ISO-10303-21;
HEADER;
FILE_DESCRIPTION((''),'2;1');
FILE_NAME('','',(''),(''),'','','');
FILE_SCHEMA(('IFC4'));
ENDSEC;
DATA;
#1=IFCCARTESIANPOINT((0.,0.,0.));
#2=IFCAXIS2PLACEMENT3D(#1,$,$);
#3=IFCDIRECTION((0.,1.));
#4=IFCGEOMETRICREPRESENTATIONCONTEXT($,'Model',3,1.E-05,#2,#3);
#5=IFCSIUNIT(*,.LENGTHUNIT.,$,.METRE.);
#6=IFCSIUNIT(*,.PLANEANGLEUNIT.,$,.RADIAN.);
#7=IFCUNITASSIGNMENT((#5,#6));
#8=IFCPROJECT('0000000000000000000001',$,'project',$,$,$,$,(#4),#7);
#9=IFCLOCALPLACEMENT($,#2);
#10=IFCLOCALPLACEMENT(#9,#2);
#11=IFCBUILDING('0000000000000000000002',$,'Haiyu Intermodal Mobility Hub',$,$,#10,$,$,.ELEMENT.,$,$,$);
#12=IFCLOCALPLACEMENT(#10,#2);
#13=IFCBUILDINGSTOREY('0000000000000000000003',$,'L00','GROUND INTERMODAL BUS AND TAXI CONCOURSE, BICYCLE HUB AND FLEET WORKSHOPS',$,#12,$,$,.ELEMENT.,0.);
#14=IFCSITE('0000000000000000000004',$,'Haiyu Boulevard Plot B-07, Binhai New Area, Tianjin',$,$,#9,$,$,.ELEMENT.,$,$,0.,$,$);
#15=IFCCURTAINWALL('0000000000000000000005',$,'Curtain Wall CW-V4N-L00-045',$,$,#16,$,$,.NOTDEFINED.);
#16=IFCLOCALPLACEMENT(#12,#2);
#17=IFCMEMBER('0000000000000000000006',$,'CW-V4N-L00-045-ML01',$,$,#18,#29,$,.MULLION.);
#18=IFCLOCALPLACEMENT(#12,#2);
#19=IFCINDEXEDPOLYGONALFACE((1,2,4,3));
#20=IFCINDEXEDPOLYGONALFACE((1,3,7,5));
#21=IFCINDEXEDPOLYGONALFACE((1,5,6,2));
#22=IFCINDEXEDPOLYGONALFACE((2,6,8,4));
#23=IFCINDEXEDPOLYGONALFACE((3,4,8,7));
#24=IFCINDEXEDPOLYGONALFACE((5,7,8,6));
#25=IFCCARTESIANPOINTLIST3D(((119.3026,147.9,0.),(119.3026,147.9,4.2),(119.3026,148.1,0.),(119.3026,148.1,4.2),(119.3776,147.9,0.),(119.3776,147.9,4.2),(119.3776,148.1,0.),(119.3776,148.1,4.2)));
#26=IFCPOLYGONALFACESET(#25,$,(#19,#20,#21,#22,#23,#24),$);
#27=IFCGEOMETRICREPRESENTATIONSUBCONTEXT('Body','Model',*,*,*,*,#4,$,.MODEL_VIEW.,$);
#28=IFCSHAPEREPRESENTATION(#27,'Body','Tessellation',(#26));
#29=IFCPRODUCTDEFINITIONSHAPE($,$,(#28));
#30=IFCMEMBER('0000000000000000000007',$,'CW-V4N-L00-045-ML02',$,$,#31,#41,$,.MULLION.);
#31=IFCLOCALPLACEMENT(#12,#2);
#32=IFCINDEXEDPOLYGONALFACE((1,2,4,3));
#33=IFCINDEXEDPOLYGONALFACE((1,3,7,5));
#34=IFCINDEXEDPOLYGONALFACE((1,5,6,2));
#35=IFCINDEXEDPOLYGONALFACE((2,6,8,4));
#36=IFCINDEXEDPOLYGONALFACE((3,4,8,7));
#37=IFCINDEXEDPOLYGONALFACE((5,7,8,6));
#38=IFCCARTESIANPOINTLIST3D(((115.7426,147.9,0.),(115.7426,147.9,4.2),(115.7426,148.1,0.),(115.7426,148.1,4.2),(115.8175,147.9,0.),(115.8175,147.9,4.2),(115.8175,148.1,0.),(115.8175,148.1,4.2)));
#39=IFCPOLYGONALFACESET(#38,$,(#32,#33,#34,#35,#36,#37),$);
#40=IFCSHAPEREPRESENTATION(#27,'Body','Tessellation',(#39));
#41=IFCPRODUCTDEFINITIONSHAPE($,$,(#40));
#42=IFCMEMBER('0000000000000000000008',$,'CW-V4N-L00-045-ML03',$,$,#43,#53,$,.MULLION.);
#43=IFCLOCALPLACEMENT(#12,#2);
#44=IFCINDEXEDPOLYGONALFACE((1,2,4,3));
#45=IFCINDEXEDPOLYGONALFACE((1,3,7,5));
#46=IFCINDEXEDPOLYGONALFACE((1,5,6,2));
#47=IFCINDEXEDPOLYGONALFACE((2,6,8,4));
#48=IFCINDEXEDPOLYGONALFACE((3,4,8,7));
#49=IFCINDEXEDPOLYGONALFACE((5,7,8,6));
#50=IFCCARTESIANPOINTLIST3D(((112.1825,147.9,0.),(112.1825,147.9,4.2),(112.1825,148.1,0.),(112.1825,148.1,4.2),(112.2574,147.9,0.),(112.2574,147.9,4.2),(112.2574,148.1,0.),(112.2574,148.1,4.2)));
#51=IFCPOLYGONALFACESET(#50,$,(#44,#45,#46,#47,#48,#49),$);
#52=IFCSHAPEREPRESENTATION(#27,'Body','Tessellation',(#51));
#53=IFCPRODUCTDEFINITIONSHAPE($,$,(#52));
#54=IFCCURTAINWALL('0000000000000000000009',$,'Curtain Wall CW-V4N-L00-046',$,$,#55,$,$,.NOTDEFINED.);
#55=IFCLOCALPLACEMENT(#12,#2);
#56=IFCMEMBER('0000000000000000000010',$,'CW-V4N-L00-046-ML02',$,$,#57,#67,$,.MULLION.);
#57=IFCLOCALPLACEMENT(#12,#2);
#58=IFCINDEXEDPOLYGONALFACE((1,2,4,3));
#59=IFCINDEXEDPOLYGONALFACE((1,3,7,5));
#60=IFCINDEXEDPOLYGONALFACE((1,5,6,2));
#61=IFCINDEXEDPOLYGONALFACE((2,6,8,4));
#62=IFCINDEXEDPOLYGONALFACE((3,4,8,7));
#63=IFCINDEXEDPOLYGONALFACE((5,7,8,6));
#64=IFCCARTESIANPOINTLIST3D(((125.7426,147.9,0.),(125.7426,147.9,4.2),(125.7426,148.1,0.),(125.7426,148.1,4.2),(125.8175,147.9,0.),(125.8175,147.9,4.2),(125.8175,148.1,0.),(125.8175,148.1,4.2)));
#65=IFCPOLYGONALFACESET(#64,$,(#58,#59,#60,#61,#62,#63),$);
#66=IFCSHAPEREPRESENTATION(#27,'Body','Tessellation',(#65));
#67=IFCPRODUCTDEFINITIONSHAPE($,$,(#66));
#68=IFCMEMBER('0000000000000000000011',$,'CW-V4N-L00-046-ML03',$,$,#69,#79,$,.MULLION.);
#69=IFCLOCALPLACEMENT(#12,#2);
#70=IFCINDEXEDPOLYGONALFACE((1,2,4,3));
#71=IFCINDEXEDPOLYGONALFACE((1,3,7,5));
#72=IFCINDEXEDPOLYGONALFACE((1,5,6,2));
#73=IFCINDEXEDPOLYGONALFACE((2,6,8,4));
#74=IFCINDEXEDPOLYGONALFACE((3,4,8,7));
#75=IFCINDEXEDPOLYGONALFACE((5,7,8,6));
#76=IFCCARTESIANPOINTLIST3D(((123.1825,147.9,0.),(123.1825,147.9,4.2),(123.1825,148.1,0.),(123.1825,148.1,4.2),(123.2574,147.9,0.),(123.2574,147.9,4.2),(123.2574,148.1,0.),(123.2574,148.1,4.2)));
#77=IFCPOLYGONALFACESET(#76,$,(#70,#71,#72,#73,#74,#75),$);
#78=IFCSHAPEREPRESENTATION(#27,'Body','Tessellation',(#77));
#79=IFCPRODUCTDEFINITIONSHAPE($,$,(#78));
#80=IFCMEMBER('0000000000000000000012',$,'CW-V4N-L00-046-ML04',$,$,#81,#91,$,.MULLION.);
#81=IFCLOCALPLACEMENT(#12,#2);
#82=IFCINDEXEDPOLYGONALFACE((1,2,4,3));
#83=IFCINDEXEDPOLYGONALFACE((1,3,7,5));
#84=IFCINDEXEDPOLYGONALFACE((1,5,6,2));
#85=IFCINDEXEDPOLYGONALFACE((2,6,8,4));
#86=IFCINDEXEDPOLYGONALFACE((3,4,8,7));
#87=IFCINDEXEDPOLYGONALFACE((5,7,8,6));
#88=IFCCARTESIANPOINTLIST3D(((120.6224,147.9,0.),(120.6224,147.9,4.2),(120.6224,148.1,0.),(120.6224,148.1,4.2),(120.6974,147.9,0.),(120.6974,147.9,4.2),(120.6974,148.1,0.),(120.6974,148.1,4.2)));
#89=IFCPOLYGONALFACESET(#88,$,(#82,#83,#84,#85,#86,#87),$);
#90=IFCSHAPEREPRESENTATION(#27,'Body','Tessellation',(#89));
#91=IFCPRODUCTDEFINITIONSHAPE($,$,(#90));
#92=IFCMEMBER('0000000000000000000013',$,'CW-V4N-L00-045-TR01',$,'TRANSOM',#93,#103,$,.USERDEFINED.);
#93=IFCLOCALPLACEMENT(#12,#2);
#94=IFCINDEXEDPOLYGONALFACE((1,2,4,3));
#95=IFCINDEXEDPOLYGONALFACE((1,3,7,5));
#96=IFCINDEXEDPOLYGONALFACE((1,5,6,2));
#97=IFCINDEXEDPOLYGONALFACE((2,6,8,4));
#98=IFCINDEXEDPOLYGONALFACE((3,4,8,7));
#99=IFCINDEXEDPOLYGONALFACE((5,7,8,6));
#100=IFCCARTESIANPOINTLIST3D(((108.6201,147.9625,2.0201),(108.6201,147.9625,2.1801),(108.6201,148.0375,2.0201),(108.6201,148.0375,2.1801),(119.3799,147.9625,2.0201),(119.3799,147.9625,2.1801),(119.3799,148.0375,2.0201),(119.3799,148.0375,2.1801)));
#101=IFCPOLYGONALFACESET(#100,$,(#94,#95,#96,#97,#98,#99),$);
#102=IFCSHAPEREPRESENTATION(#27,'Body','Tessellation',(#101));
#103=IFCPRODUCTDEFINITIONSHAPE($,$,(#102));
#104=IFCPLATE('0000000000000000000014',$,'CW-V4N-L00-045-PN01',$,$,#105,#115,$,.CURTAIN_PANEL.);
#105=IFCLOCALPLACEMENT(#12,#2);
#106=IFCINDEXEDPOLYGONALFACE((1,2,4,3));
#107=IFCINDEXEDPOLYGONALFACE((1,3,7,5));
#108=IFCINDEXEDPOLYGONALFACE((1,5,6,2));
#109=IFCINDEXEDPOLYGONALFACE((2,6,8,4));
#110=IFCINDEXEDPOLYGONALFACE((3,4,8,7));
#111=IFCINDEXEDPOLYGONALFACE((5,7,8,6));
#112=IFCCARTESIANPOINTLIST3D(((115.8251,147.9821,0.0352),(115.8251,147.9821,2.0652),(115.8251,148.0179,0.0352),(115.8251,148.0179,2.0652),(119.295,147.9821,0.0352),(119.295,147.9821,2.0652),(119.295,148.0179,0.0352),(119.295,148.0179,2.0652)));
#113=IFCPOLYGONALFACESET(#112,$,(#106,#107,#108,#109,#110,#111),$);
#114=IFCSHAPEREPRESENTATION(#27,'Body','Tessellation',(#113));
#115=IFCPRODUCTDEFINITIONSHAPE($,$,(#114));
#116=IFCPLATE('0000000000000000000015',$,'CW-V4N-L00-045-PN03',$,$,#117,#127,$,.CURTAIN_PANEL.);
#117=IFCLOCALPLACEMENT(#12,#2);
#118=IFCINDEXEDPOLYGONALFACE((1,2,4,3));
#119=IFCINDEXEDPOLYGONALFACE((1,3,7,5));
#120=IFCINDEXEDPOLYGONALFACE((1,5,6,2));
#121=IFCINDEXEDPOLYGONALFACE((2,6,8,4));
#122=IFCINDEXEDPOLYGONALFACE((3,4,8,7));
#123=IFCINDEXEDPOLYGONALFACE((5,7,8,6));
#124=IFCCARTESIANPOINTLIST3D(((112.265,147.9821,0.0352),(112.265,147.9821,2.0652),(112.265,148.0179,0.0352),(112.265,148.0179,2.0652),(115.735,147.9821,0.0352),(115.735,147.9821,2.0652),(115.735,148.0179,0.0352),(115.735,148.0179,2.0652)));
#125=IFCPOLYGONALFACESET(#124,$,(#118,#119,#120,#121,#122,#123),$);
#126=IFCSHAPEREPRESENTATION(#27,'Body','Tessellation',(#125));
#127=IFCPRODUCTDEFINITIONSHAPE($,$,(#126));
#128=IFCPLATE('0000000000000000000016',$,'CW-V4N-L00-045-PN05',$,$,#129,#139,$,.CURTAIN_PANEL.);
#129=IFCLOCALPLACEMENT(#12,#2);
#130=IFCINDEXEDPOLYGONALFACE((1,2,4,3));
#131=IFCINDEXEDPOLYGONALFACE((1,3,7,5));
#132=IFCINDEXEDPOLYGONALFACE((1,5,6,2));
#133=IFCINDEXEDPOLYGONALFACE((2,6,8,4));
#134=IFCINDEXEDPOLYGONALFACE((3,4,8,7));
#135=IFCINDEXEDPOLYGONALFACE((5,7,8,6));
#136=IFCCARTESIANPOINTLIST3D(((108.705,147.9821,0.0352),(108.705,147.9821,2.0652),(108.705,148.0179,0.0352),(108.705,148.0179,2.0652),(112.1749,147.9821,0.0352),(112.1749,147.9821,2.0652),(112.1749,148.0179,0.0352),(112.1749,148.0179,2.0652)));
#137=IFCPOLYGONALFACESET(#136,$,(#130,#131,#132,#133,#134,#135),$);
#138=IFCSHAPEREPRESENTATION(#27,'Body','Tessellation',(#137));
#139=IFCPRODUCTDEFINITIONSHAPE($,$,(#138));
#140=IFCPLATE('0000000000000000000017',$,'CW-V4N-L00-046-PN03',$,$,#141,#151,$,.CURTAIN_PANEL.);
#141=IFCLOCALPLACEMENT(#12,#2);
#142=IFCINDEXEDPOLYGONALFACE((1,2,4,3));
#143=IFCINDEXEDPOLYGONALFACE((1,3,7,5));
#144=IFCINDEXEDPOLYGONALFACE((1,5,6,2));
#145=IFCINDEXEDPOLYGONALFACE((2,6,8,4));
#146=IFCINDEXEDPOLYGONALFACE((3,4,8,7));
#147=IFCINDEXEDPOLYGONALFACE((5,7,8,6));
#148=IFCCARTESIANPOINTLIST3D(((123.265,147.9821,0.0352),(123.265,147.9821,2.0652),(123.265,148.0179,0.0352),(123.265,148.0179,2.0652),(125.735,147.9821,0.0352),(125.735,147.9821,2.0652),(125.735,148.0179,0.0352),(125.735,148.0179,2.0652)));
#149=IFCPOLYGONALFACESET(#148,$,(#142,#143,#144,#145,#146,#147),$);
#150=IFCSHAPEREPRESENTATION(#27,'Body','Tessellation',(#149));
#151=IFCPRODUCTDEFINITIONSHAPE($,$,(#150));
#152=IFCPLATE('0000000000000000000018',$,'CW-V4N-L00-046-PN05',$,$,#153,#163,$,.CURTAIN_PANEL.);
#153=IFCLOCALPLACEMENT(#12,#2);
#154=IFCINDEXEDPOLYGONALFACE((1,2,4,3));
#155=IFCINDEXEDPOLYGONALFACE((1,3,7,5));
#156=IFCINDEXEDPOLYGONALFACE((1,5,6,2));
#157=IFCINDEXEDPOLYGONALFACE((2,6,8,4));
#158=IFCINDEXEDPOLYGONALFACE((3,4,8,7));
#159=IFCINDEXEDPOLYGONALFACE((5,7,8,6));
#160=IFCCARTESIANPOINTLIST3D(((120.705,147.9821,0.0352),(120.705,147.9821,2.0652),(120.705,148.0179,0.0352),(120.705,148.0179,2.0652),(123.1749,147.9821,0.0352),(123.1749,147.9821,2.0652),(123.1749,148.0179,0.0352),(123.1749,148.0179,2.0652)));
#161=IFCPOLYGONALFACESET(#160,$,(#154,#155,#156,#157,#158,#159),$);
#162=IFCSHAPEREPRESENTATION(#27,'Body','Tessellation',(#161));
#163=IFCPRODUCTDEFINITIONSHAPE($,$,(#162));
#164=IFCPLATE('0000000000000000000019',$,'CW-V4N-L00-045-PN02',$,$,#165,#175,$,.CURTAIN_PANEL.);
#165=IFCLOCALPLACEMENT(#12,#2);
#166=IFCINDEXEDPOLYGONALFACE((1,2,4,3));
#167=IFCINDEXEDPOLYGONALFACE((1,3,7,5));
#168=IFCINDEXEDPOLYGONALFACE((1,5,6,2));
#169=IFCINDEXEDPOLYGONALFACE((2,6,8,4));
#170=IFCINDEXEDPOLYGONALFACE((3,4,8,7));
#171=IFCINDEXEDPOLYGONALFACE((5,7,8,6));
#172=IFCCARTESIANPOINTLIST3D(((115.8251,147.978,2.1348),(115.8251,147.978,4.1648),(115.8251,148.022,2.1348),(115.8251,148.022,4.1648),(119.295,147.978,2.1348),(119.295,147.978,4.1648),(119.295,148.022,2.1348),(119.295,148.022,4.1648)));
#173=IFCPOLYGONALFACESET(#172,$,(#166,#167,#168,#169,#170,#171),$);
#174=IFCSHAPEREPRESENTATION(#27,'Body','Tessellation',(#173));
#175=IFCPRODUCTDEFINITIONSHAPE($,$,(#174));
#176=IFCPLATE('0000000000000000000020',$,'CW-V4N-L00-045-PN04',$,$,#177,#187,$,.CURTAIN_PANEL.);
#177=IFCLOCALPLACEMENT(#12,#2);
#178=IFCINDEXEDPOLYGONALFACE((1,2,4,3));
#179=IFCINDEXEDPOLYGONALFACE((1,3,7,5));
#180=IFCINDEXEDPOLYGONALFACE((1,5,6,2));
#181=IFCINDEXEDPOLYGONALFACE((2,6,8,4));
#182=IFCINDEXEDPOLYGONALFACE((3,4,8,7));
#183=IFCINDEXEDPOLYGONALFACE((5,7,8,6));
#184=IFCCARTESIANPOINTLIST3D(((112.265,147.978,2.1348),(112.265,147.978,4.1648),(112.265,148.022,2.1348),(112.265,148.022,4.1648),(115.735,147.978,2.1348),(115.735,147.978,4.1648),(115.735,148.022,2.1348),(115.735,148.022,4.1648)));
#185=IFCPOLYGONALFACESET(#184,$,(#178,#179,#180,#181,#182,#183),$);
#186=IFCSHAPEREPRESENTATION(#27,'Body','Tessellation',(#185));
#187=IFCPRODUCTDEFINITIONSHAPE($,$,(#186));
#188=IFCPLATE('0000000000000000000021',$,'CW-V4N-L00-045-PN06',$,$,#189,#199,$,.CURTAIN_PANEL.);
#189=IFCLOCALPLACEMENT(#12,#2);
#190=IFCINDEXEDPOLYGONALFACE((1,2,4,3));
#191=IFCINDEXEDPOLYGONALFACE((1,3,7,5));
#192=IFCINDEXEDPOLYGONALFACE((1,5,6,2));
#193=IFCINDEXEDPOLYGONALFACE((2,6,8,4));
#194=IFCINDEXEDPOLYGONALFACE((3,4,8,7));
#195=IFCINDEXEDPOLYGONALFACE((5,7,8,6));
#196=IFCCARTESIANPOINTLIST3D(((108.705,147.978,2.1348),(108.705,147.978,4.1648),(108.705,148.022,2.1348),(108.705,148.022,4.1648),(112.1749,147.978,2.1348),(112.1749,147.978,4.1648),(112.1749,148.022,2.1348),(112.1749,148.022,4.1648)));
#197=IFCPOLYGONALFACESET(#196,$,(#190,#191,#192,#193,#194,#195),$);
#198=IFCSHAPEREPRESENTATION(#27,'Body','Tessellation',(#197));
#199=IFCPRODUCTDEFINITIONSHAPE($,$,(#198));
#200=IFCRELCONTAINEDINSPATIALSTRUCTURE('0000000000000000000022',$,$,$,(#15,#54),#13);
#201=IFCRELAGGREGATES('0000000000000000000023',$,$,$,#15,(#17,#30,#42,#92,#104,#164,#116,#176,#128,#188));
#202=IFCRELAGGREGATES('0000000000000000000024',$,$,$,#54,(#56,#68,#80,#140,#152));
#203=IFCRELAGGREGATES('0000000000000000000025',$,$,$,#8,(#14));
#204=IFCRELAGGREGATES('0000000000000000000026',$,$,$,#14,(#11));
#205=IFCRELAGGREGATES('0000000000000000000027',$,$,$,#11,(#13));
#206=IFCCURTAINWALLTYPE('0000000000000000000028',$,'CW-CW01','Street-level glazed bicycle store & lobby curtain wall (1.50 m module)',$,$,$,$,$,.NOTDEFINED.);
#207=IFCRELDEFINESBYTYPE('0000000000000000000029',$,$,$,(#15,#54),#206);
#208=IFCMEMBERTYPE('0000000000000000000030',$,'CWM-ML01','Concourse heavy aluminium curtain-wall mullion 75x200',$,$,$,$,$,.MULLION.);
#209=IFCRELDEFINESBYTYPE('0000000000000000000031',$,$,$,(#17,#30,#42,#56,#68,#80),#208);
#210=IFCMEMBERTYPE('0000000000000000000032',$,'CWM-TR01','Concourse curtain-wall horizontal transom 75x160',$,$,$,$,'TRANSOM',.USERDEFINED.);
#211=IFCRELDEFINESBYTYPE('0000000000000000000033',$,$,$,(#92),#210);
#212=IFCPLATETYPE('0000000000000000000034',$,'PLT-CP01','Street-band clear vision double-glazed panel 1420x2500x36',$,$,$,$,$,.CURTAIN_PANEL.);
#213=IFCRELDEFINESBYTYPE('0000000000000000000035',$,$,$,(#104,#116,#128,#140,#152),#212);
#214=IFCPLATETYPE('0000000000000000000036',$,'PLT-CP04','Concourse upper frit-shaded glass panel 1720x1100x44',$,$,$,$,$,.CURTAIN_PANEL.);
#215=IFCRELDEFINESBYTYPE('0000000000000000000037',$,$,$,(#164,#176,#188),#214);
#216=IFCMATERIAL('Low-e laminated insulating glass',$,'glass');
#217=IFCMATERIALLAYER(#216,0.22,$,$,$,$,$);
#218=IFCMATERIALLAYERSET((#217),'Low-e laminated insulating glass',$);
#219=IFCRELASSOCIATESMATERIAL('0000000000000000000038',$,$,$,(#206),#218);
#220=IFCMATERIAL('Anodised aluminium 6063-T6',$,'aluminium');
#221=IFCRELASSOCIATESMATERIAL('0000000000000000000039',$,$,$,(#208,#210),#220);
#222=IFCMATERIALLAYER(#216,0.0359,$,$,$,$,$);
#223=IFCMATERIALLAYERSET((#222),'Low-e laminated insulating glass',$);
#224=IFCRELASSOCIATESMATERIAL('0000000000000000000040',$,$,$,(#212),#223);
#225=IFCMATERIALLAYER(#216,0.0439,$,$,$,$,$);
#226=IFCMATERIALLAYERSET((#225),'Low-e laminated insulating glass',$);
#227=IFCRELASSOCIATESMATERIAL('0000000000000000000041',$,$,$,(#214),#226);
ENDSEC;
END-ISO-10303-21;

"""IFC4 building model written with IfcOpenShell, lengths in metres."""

from ifc_helpers import new_model, si_unit, direction, frame, origin, origin_2d, place, context, subcontext, project, spatial, rectangle, extrude, material, layer, layer_set, material_profile, profile_set, type_object, element, aggregate, save


model = new_model("IFC4")

# Units and contexts
model_context = context("Model", 3, precision=1e-05, world=origin(), true_north=direction((0.0, 1.0)))
body_context = subcontext(model_context, "Body", "Model", "MODEL_VIEW")
ifc_project = project(units=[si_unit("LENGTHUNIT", "METRE"), si_unit("PLANEANGLEUNIT", "RADIAN")], contexts=[model_context])

# Site, building, storey
site_placement = place(None, origin())
site = spatial("IfcSite", under=ifc_project, at=site_placement, Name="Haiyu Boulevard Plot B-07, Binhai New Area, Tianjin", CompositionType="ELEMENT", RefElevation=0.0)
building_placement = place(site_placement, origin())
building = spatial("IfcBuilding", under=site, at=building_placement, Name="Haiyu Intermodal Mobility Hub", CompositionType="ELEMENT")
storey_placement = place(building_placement, origin())
storey = spatial("IfcBuildingStorey", under=building, at=storey_placement, Name="L00", Description="GROUND INTERMODAL BUS AND TAXI CONCOURSE, BICYCLE HUB AND FLEET WORKSHOPS", CompositionType="ELEMENT", Elevation=0.0)

# Curtain walls, members
ifc_material_1 = material(Name="Low-e laminated insulating glass", Category="glass")
ifc_layer_1 = layer(ifc_material_1, 0.22)
ifc_layer_set_1 = layer_set([ifc_layer_1], Name="Low-e laminated insulating glass")
curtain_wall_type = type_object("IfcCurtainWallType", Name="CW-CW01", Description="Street-level glazed bicycle store & lobby curtain wall (1.50 m module)", PredefinedType="NOTDEFINED", material=ifc_layer_set_1)
curtain_wall_1_placement = place(storey_placement, origin())
curtain_wall_1 = element("IfcCurtainWall", 1, at=curtain_wall_1_placement, inside=storey, type_object=curtain_wall_type, Name="Curtain Wall CW-V4N-L00-045", PredefinedType="NOTDEFINED")
ifc_material_2 = material(Name="Anodised aluminium 6063-T6", Category="aluminium")
ifc_material_profile_1 = material_profile(ifc_material_2, rectangle(XDim=0.075, YDim=0.2, at=origin_2d()), Name="ALU75x200")
ifc_profile_set_1 = profile_set([ifc_material_profile_1], Name="Anodised aluminium 6063-T6")
member_type_1 = type_object("IfcMemberType", Name="CWM-ML01", Description="Concourse heavy aluminium curtain-wall mullion 75x200", PredefinedType="MULLION", material=ifc_profile_set_1)
member_1_placement = place(storey_placement, frame((119.3401, 148.0, 0.0), z_axis=(0.0, 0.0, 1.0), x_axis=(1.0, 0.0, 0.0)))
member_1 = element("IfcMember", 2, at=member_1_placement, type_object=member_type_1, Name="CW-V4N-L00-045-ML01", PredefinedType="MULLION", context=body_context, shape_type="SweptSolid", body=[
    extrude(rectangle(XDim=0.075, YDim=0.2, at=origin_2d()), origin(), (0.0, 0.0, 1.0), 4.2),
])
member_2_placement = place(storey_placement, frame((115.78, 148.0, 0.0), z_axis=(0.0, 0.0, 1.0), x_axis=(1.0, 0.0, 0.0)))
member_2 = element("IfcMember", 3, at=member_2_placement, type_object=member_type_1, Name="CW-V4N-L00-045-ML02", PredefinedType="MULLION", context=body_context, shape_type="SweptSolid", body=[
    extrude(rectangle(XDim=0.075, YDim=0.2, at=origin_2d()), origin(), (0.0, 0.0, 1.0), 4.2),
])
member_3_placement = place(storey_placement, frame((112.22, 148.0, 0.0), z_axis=(0.0, 0.0, 1.0), x_axis=(1.0, 0.0, 0.0)))
member_3 = element("IfcMember", 4, at=member_3_placement, type_object=member_type_1, Name="CW-V4N-L00-045-ML03", PredefinedType="MULLION", context=body_context, shape_type="SweptSolid", body=[
    extrude(rectangle(XDim=0.075, YDim=0.2, at=origin_2d()), origin(), (0.0, 0.0, 1.0), 4.2),
])
curtain_wall_2_placement = place(storey_placement, origin())
curtain_wall_2 = element("IfcCurtainWall", 5, at=curtain_wall_2_placement, inside=storey, type_object=curtain_wall_type, Name="Curtain Wall CW-V4N-L00-046", PredefinedType="NOTDEFINED")
member_4_placement = place(storey_placement, frame((125.78, 148.0, 0.0), z_axis=(0.0, 0.0, 1.0), x_axis=(1.0, 0.0, 0.0)))
member_4 = element("IfcMember", 6, at=member_4_placement, type_object=member_type_1, Name="CW-V4N-L00-046-ML02", PredefinedType="MULLION", context=body_context, shape_type="SweptSolid", body=[
    extrude(rectangle(XDim=0.075, YDim=0.2, at=origin_2d()), origin(), (0.0, 0.0, 1.0), 4.2),
])
member_5_placement = place(storey_placement, frame((123.22, 148.0, 0.0), z_axis=(0.0, 0.0, 1.0), x_axis=(1.0, 0.0, 0.0)))
member_5 = element("IfcMember", 7, at=member_5_placement, type_object=member_type_1, Name="CW-V4N-L00-046-ML03", PredefinedType="MULLION", context=body_context, shape_type="SweptSolid", body=[
    extrude(rectangle(XDim=0.075, YDim=0.2, at=origin_2d()), origin(), (0.0, 0.0, 1.0), 4.2),
])
member_6_placement = place(storey_placement, frame((120.6599, 148.0, 0.0), z_axis=(0.0, 0.0, 1.0), x_axis=(1.0, 0.0, 0.0)))
member_6 = element("IfcMember", 8, at=member_6_placement, type_object=member_type_1, Name="CW-V4N-L00-046-ML04", PredefinedType="MULLION", context=body_context, shape_type="SweptSolid", body=[
    extrude(rectangle(XDim=0.075, YDim=0.2, at=origin_2d()), origin(), (0.0, 0.0, 1.0), 4.2),
])

# Member
ifc_material_profile_2 = material_profile(ifc_material_2, rectangle(XDim=0.075, YDim=0.1599, at=origin_2d()), Name="ALU75x160")
ifc_profile_set_2 = profile_set([ifc_material_profile_2], Name="Anodised aluminium 6063-T6")
member_type_2 = type_object("IfcMemberType", Name="CWM-TR01", Description="Concourse curtain-wall horizontal transom 75x160", ElementType="TRANSOM", PredefinedType="USERDEFINED", material=ifc_profile_set_2)
member_7_placement = place(storey_placement, frame((119.3799, 148.0, 2.1001), z_axis=(-1.0, 0.0, 0.0), x_axis=(0.0, -1.0, 0.0)))
member_7 = element("IfcMember", 9, at=member_7_placement, type_object=member_type_2, Name="CW-V4N-L00-045-TR01", ObjectType="TRANSOM", PredefinedType="USERDEFINED", context=body_context, shape_type="SweptSolid", body=[
    extrude(rectangle(XDim=0.075, YDim=0.1599, at=origin_2d()), origin(), (0.0, 0.0, 1.0), 10.7598),
])

# Plates
ifc_layer_2 = layer(ifc_material_1, 0.0359)
ifc_layer_set_2 = layer_set([ifc_layer_2], Name="Low-e laminated insulating glass")
plate_type_1 = type_object("IfcPlateType", Name="PLT-CP01", Description="Street-band clear vision double-glazed panel 1420x2500x36", PredefinedType="CURTAIN_PANEL", material=ifc_layer_set_2)
plate_1_placement = place(storey_placement, frame((117.5601, 148.0, 0.0352), z_axis=(0.0, 0.0, 1.0), x_axis=(-1.0, 0.0, 0.0)))
plate_1 = element("IfcPlate", 10, at=plate_1_placement, type_object=plate_type_1, Name="CW-V4N-L00-045-PN01", PredefinedType="CURTAIN_PANEL", context=body_context, shape_type="SweptSolid", body=[
    extrude(rectangle(XDim=3.47, YDim=0.0359, at=origin_2d()), origin(), (0.0, 0.0, 1.0), 2.03),
])
plate_2_placement = place(storey_placement, frame((114.0, 148.0, 0.0352), z_axis=(0.0, 0.0, 1.0), x_axis=(-1.0, 0.0, 0.0)))
plate_2 = element("IfcPlate", 11, at=plate_2_placement, type_object=plate_type_1, Name="CW-V4N-L00-045-PN03", PredefinedType="CURTAIN_PANEL", context=body_context, shape_type="SweptSolid", body=[
    extrude(rectangle(XDim=3.47, YDim=0.0359, at=origin_2d()), origin(), (0.0, 0.0, 1.0), 2.03),
])
plate_3_placement = place(storey_placement, frame((110.4399, 148.0, 0.0352), z_axis=(0.0, 0.0, 1.0), x_axis=(-1.0, 0.0, 0.0)))
plate_3 = element("IfcPlate", 12, at=plate_3_placement, type_object=plate_type_1, Name="CW-V4N-L00-045-PN05", PredefinedType="CURTAIN_PANEL", context=body_context, shape_type="SweptSolid", body=[
    extrude(rectangle(XDim=3.47, YDim=0.0359, at=origin_2d()), origin(), (0.0, 0.0, 1.0), 2.03),
])
plate_4_placement = place(storey_placement, frame((124.5, 148.0, 0.0352), z_axis=(0.0, 0.0, 1.0), x_axis=(-1.0, 0.0, 0.0)))
plate_4 = element("IfcPlate", 13, at=plate_4_placement, type_object=plate_type_1, Name="CW-V4N-L00-046-PN03", PredefinedType="CURTAIN_PANEL", context=body_context, shape_type="SweptSolid", body=[
    extrude(rectangle(XDim=2.47, YDim=0.0359, at=origin_2d()), origin(), (0.0, 0.0, 1.0), 2.03),
])
plate_5_placement = place(storey_placement, frame((121.9399, 148.0, 0.0352), z_axis=(0.0, 0.0, 1.0), x_axis=(-1.0, 0.0, 0.0)))
plate_5 = element("IfcPlate", 14, at=plate_5_placement, type_object=plate_type_1, Name="CW-V4N-L00-046-PN05", PredefinedType="CURTAIN_PANEL", context=body_context, shape_type="SweptSolid", body=[
    extrude(rectangle(XDim=2.47, YDim=0.0359, at=origin_2d()), origin(), (0.0, 0.0, 1.0), 2.03),
])
ifc_layer_3 = layer(ifc_material_1, 0.0439)
ifc_layer_set_3 = layer_set([ifc_layer_3], Name="Low-e laminated insulating glass")
plate_type_2 = type_object("IfcPlateType", Name="PLT-CP04", Description="Concourse upper frit-shaded glass panel 1720x1100x44", PredefinedType="CURTAIN_PANEL", material=ifc_layer_set_3)
plate_6_placement = place(storey_placement, frame((117.5601, 148.0, 2.1348), z_axis=(0.0, 0.0, 1.0), x_axis=(-1.0, 0.0, 0.0)))
plate_6 = element("IfcPlate", 15, at=plate_6_placement, type_object=plate_type_2, Name="CW-V4N-L00-045-PN02", PredefinedType="CURTAIN_PANEL", context=body_context, shape_type="SweptSolid", body=[
    extrude(rectangle(XDim=3.47, YDim=0.0439, at=origin_2d()), origin(), (0.0, 0.0, 1.0), 2.03),
])
plate_7_placement = place(storey_placement, frame((114.0, 148.0, 2.1348), z_axis=(0.0, 0.0, 1.0), x_axis=(-1.0, 0.0, 0.0)))
plate_7 = element("IfcPlate", 16, at=plate_7_placement, type_object=plate_type_2, Name="CW-V4N-L00-045-PN04", PredefinedType="CURTAIN_PANEL", context=body_context, shape_type="SweptSolid", body=[
    extrude(rectangle(XDim=3.47, YDim=0.0439, at=origin_2d()), origin(), (0.0, 0.0, 1.0), 2.03),
])
plate_8_placement = place(storey_placement, frame((110.4399, 148.0, 2.1348), z_axis=(0.0, 0.0, 1.0), x_axis=(-1.0, 0.0, 0.0)))
plate_8 = element("IfcPlate", 17, at=plate_8_placement, type_object=plate_type_2, Name="CW-V4N-L00-045-PN06", PredefinedType="CURTAIN_PANEL", context=body_context, shape_type="SweptSolid", body=[
    extrude(rectangle(XDim=3.47, YDim=0.0439, at=origin_2d()), origin(), (0.0, 0.0, 1.0), 2.03),
])
aggregate(curtain_wall_1, [member_1, member_2, member_3, member_7, plate_1, plate_6, plate_2, plate_7, plate_3, plate_8])
aggregate(curtain_wall_2, [member_4, member_5, member_6, plate_4, plate_5])

save(model, "model.ifc")
